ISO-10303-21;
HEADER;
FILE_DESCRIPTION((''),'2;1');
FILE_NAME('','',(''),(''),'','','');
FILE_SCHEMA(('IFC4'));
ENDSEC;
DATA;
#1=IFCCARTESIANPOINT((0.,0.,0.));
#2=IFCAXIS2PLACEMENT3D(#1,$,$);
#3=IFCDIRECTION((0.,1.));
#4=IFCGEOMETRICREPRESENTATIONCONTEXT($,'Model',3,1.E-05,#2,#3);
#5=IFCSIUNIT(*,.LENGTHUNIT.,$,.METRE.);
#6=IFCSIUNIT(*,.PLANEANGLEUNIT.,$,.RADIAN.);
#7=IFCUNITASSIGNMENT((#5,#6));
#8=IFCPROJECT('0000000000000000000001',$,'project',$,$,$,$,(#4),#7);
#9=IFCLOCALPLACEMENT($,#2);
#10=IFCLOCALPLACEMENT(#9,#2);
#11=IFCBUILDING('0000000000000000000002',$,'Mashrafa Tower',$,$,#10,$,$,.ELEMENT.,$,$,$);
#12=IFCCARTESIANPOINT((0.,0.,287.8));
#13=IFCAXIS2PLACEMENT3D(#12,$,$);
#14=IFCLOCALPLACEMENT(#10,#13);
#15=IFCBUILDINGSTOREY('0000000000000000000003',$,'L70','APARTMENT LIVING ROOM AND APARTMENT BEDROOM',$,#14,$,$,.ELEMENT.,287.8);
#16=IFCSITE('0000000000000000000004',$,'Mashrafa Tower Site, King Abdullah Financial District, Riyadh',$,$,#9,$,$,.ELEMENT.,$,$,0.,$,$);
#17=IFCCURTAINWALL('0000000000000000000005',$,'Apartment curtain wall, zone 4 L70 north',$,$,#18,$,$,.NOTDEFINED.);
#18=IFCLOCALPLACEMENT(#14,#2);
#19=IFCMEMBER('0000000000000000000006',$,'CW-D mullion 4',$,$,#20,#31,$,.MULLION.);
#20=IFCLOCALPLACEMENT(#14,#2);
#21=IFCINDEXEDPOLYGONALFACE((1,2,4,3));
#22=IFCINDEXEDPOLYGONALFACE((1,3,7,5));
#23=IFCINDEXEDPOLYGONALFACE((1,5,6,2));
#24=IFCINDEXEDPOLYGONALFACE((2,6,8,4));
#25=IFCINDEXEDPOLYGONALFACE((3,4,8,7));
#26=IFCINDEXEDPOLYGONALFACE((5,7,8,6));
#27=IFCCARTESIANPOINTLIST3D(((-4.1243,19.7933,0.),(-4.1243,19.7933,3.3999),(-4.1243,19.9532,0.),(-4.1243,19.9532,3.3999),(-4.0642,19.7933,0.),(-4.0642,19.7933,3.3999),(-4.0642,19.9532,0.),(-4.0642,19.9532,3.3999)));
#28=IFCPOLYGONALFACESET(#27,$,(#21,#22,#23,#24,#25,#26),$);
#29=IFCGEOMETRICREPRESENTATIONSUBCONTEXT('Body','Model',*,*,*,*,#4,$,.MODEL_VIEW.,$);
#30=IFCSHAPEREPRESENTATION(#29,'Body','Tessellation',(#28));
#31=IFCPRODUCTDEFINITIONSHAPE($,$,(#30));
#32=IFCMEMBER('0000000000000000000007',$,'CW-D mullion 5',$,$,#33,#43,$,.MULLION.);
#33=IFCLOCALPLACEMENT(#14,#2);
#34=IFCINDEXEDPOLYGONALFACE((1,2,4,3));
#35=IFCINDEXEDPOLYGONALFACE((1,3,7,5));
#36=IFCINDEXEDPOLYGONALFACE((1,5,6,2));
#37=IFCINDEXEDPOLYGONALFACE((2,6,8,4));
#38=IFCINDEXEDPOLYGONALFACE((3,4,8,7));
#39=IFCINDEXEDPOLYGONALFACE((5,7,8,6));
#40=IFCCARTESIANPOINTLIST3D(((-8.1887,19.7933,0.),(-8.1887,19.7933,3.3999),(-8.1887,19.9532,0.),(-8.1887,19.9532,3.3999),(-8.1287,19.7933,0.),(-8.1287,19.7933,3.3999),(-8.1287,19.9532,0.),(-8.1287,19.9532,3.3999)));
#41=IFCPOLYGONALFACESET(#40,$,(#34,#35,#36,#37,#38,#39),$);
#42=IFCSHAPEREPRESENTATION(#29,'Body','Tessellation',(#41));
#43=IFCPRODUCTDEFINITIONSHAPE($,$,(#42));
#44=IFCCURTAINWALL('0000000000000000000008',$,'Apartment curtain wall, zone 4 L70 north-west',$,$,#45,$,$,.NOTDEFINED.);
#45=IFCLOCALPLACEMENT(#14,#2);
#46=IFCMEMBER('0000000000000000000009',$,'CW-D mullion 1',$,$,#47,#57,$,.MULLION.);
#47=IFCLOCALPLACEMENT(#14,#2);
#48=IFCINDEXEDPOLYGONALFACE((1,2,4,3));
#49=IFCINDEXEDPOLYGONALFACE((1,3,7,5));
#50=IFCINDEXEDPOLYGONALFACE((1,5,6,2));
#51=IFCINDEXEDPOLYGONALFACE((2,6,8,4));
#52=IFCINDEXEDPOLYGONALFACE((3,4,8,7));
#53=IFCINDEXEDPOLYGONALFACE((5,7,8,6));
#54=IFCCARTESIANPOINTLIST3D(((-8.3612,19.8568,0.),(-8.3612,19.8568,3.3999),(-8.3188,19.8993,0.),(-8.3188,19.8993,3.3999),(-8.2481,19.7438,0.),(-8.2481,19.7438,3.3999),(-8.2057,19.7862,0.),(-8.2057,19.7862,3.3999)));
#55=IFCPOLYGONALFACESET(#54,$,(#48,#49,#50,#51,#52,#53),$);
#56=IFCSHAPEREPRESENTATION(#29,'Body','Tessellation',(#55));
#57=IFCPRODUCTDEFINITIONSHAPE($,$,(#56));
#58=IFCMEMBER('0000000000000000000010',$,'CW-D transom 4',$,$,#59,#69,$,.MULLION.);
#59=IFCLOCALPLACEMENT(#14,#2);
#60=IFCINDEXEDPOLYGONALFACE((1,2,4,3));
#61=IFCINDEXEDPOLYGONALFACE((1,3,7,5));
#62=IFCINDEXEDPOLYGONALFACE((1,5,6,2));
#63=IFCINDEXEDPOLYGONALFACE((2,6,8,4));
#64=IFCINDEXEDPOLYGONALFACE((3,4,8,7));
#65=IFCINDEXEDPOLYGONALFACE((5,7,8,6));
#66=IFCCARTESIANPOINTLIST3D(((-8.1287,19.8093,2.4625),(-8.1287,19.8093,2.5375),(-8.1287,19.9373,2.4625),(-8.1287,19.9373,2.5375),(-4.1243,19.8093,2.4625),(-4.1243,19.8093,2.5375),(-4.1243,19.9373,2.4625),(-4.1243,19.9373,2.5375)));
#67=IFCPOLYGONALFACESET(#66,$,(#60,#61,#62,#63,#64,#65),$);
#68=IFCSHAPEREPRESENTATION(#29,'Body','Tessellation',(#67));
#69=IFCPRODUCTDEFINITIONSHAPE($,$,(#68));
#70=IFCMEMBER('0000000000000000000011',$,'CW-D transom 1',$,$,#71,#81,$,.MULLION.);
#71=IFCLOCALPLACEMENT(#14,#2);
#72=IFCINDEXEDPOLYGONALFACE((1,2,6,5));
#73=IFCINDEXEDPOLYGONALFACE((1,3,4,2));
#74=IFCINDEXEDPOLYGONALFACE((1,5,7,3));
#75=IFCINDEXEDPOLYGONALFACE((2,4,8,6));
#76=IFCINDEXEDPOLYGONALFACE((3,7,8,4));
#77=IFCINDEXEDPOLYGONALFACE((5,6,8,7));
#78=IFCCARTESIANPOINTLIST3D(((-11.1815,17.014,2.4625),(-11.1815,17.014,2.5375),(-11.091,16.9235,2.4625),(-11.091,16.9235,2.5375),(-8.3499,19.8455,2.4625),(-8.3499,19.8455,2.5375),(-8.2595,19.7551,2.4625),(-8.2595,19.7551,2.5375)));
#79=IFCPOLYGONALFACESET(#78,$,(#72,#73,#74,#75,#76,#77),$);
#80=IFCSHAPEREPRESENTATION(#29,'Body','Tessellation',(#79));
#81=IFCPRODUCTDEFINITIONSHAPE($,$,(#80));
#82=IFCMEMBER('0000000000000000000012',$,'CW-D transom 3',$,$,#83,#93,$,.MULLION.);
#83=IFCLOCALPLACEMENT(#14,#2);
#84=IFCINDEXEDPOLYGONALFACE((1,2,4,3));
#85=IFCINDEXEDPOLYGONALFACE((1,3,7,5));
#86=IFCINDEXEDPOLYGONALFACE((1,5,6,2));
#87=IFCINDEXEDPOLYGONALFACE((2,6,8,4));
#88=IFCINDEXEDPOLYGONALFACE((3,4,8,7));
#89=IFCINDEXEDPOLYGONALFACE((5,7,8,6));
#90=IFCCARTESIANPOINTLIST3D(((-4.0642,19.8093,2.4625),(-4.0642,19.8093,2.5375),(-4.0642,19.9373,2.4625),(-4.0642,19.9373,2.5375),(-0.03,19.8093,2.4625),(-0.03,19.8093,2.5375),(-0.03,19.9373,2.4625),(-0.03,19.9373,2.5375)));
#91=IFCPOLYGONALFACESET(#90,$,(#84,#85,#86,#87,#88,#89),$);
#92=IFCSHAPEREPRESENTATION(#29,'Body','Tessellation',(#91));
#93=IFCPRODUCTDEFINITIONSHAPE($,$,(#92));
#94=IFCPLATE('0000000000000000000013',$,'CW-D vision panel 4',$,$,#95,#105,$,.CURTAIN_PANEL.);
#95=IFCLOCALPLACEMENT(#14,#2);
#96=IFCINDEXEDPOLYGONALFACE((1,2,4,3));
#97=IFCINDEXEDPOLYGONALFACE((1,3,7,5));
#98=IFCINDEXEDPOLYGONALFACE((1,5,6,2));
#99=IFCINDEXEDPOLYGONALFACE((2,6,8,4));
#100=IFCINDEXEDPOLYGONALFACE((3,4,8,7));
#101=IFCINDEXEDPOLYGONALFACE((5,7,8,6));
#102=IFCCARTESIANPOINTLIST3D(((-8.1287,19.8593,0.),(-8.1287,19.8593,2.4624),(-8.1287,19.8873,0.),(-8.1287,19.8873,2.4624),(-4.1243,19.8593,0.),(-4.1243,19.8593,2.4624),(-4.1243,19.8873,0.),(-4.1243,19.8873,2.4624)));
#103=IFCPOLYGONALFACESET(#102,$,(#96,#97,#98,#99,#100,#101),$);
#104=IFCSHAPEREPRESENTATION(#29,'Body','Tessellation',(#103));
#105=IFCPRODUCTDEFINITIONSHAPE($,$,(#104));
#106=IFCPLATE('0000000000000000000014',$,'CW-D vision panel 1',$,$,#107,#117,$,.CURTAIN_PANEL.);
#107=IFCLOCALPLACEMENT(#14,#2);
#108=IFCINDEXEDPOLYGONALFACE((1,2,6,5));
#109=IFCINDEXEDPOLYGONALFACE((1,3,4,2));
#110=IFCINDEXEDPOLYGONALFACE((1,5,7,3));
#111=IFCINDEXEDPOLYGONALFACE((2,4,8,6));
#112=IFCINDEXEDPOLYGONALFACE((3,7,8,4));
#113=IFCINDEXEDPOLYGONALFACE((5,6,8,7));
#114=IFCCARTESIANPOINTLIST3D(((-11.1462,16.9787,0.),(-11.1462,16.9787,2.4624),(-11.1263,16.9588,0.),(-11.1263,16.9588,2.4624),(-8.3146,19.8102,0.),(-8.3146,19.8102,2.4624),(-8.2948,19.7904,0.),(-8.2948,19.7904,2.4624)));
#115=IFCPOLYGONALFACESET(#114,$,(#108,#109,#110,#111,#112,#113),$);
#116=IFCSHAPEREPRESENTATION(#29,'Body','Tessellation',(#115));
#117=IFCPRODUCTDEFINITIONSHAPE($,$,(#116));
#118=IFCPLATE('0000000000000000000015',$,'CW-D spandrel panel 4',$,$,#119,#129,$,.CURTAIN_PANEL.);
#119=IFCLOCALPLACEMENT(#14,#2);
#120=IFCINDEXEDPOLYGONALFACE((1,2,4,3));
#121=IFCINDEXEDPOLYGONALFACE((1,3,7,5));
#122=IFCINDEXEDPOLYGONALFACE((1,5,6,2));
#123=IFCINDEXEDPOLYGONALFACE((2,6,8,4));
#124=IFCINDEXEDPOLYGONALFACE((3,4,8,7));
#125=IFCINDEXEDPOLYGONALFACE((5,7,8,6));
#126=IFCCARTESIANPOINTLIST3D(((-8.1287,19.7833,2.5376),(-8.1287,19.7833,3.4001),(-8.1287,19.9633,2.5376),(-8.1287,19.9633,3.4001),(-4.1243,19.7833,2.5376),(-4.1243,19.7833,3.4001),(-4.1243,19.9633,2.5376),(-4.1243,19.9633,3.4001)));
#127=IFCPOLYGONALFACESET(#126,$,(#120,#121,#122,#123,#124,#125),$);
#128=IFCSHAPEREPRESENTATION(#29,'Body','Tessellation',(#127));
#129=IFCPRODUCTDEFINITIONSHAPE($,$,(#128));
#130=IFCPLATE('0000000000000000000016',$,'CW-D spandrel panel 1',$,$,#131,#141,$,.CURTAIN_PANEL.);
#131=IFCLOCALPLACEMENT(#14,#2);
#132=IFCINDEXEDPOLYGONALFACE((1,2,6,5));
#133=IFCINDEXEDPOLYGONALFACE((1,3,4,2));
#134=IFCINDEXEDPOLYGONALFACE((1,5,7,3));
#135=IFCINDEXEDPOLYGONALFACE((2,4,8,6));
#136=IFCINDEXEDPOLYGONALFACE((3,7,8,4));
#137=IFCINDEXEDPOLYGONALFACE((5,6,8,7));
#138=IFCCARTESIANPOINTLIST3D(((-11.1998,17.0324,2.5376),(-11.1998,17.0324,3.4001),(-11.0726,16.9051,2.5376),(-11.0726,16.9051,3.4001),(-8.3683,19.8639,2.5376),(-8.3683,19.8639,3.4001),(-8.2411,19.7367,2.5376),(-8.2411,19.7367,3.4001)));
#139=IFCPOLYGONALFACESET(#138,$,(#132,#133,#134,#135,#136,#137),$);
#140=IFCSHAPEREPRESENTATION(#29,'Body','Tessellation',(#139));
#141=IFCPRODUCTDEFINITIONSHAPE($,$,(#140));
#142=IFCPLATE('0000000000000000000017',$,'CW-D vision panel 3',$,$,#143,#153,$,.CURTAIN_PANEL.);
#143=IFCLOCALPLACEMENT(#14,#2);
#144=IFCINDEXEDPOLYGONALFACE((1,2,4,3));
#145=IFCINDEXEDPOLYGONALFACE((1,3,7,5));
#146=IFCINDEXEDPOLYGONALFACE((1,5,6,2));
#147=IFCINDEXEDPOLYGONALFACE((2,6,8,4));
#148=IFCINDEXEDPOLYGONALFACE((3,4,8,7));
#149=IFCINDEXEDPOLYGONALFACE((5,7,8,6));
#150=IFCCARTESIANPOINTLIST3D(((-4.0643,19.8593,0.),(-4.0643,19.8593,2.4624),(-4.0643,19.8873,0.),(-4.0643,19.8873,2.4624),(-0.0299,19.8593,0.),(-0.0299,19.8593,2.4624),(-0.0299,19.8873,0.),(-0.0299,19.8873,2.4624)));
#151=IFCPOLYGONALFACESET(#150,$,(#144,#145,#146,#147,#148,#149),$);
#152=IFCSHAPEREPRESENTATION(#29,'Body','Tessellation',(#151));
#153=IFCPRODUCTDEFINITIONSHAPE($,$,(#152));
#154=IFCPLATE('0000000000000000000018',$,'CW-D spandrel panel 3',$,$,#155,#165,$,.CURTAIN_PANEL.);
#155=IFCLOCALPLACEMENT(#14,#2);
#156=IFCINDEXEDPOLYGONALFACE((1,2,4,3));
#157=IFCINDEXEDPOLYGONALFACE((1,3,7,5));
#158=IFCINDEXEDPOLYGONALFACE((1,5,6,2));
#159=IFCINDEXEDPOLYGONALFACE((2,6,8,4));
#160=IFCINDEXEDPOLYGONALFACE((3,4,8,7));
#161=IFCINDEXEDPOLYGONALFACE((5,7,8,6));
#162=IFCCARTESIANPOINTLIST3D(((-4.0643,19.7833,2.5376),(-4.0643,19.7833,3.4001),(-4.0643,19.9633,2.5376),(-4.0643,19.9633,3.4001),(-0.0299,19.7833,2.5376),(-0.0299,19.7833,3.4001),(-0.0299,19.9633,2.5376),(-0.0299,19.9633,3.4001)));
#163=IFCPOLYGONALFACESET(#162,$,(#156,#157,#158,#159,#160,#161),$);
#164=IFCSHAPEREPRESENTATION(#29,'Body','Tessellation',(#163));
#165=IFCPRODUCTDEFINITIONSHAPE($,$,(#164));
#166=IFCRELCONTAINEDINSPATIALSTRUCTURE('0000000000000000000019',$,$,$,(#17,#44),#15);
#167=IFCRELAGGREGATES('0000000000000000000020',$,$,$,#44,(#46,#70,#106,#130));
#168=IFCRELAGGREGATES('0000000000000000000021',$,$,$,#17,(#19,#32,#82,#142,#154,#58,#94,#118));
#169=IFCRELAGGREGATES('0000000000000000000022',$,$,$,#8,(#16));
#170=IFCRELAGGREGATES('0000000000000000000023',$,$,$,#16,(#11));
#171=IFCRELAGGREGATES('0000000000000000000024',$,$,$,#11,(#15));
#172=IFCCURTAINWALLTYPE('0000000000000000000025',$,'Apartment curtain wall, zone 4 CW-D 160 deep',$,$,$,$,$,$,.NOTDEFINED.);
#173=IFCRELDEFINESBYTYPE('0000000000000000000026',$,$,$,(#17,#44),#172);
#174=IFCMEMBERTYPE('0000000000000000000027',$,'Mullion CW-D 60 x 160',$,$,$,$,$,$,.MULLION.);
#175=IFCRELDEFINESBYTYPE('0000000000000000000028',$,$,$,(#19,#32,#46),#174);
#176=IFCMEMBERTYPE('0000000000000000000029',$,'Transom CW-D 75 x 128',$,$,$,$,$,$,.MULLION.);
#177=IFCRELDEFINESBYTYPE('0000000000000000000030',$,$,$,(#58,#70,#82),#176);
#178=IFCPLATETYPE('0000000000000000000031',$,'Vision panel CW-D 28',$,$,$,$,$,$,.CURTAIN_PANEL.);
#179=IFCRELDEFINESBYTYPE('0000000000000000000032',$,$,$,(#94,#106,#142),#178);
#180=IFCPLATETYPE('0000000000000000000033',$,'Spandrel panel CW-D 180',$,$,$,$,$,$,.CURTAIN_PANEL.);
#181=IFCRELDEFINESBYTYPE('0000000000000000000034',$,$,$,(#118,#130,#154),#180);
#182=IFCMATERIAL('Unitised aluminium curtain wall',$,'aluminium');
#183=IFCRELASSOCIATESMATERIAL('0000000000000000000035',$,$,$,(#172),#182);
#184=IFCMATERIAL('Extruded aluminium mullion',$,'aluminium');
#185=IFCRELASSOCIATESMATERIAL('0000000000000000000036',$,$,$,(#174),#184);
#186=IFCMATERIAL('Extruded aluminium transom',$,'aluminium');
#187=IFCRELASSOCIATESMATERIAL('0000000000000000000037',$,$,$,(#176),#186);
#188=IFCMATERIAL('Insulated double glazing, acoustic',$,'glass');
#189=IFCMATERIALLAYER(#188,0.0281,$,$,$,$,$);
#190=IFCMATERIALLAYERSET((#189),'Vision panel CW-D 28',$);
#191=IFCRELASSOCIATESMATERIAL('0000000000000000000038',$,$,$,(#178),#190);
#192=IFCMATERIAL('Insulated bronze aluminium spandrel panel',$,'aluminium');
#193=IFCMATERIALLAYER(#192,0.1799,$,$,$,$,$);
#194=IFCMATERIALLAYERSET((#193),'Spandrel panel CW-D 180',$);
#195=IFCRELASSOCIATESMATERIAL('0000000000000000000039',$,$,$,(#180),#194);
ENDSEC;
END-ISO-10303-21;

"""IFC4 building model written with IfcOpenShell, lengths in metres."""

from ifc_helpers import new_model, si_unit, direction, frame, origin, origin_2d, place, context, subcontext, project, spatial, rectangle, extrude, source, transform, mapped, material, layer, layer_set, material_profile, profile_set, type_object, type_shapes, element, aggregate, save


model = new_model("IFC4")

# Units and contexts
model_context = context("Model", 3, precision=1e-05, world=origin(), true_north=direction((0.0, 1.0)))
body_context = subcontext(model_context, "Body", "Model", "MODEL_VIEW")
ifc_project = project(units=[si_unit("LENGTHUNIT", "METRE"), si_unit("PLANEANGLEUNIT", "RADIAN")], contexts=[model_context])

# Site, building, storey
site_placement = place(None, origin())
site = spatial("IfcSite", under=ifc_project, at=site_placement, Name="Mashrafa Tower Site, King Abdullah Financial District, Riyadh", CompositionType="ELEMENT", RefElevation=0.0)
building_placement = place(site_placement, origin())
building = spatial("IfcBuilding", under=site, at=building_placement, Name="Mashrafa Tower", CompositionType="ELEMENT")
storey_placement = place(building_placement, frame((0.0, 0.0, 287.8)))
storey = spatial("IfcBuildingStorey", under=building, at=storey_placement, Name="L70", Description="APARTMENT LIVING ROOM AND APARTMENT BEDROOM", CompositionType="ELEMENT", Elevation=287.8)

# Curtain wall, members
ifc_material_1 = material(Name="Unitised aluminium curtain wall", Category="aluminium")
curtain_wall_type = type_object("IfcCurtainWallType", Name="Apartment curtain wall, zone 4 CW-D 160 deep", PredefinedType="NOTDEFINED", material=ifc_material_1)
curtain_wall_1_placement = place(storey_placement, origin())
curtain_wall_1 = element("IfcCurtainWall", 1, at=curtain_wall_1_placement, inside=storey, type_object=curtain_wall_type, Name="Apartment curtain wall, zone 4 L70 north", PredefinedType="NOTDEFINED")
ifc_material_2 = material(Name="Extruded aluminium mullion", Category="aluminium")
ifc_material_profile_1 = material_profile(ifc_material_2, rectangle(XDim=0.1599, YDim=0.0601, at=origin_2d()), Name="Mullion 60x160")
ifc_profile_set_1 = profile_set([ifc_material_profile_1], Name="Extruded aluminium mullion")
member_type_1 = type_object("IfcMemberType", Name="Mullion CW-D 60 x 160", PredefinedType="MULLION", material=ifc_profile_set_1)
shared_shape_1 = source(origin(), body_context, "Body", "SweptSolid", [
    extrude(rectangle(XDim=0.1599, YDim=0.0601, at=origin_2d()), origin(), (0.0, 0.0, 1.0), 3.3999),
])
type_shapes(member_type_1, [shared_shape_1])
member_1_placement = place(storey_placement, frame((-4.0942, 19.8733, 0.0), z_axis=(0.0, 0.0, 1.0), x_axis=(0.0, -1.0, 0.0)))
member_1 = element("IfcMember", 2, at=member_1_placement, type_object=member_type_1, Name="CW-D mullion 4", PredefinedType="MULLION", context=body_context, shape_type="MappedRepresentation", body=[
    mapped(shared_shape_1, transform((0.0, 0.0, 0.0))),
])
member_2_placement = place(storey_placement, frame((-8.1587, 19.8733, 0.0), z_axis=(0.0, 0.0, 1.0), x_axis=(0.0, -1.0, 0.0)))
member_2 = element("IfcMember", 3, at=member_2_placement, type_object=member_type_1, Name="CW-D mullion 5", PredefinedType="MULLION", context=body_context, shape_type="MappedRepresentation", body=[
    mapped(shared_shape_1, transform((0.0, 0.0, 0.0))),
])

# Curtain wall, member
curtain_wall_2_placement = place(storey_placement, origin())
curtain_wall_2 = element("IfcCurtainWall", 4, at=curtain_wall_2_placement, inside=storey, type_object=curtain_wall_type, Name="Apartment curtain wall, zone 4 L70 north-west", PredefinedType="NOTDEFINED")
member_3_placement = place(storey_placement, frame((-8.2834, 19.8215, 0.0), z_axis=(0.0, 0.0, 1.0), x_axis=(0.707107, -0.707107, 0.0)))
member_3 = element("IfcMember", 5, at=member_3_placement, type_object=member_type_1, Name="CW-D mullion 1", PredefinedType="MULLION", context=body_context, shape_type="MappedRepresentation", body=[
    mapped(shared_shape_1, transform((0.0, 0.0, 0.0))),
])

# Members
ifc_material_3 = material(Name="Extruded aluminium transom", Category="aluminium")
ifc_material_profile_2 = material_profile(ifc_material_3, rectangle(XDim=0.1279, YDim=0.075, at=origin_2d()), Name="Transom 75x128")
ifc_profile_set_2 = profile_set([ifc_material_profile_2], Name="Extruded aluminium transom")
member_type_2 = type_object("IfcMemberType", Name="Transom CW-D 75 x 128", PredefinedType="MULLION", material=ifc_profile_set_2)
shared_shape_2 = source(origin(), body_context, "Body", "SweptSolid", [
    extrude(rectangle(XDim=0.1279, YDim=0.075, at=origin_2d()), origin(), (0.0, 0.0, 1.0), 4.0044),
])
member_4_placement = place(storey_placement, frame((-4.1243, 19.8733, 2.5), z_axis=(-1.0, 0.0, 0.0), x_axis=(0.0, -1.0, 0.0)))
member_4 = element("IfcMember", 6, at=member_4_placement, type_object=member_type_2, Name="CW-D transom 4", PredefinedType="MULLION", context=body_context, shape_type="MappedRepresentation", body=[
    mapped(shared_shape_2, transform((0.0, 0.0, 0.0))),
])
member_5_placement = place(storey_placement, frame((-8.3047, 19.8003, 2.5), z_axis=(-0.707107, -0.707107, 0.0), x_axis=(0.707107, -0.707107, 0.0)))
member_5 = element("IfcMember", 7, at=member_5_placement, type_object=member_type_2, Name="CW-D transom 1", PredefinedType="MULLION", context=body_context, shape_type="MappedRepresentation", body=[
    mapped(shared_shape_2, transform((0.0, 0.0, 0.0))),
])
shared_shape_3 = source(origin(), body_context, "Body", "SweptSolid", [
    extrude(rectangle(XDim=0.1279, YDim=0.075, at=origin_2d()), origin(), (0.0, 0.0, 1.0), 4.0342),
])
type_shapes(member_type_2, [shared_shape_2, shared_shape_3])
member_6_placement = place(storey_placement, frame((-0.03, 19.8733, 2.5), z_axis=(-1.0, 0.0, 0.0), x_axis=(0.0, -1.0, 0.0)))
member_6 = element("IfcMember", 8, at=member_6_placement, type_object=member_type_2, Name="CW-D transom 3", PredefinedType="MULLION", context=body_context, shape_type="MappedRepresentation", body=[
    mapped(shared_shape_3, transform((0.0, 0.0, 0.0))),
])

# Plates
ifc_material_4 = material(Name="Insulated double glazing, acoustic", Category="glass")
ifc_layer_1 = layer(ifc_material_4, 0.0281)
ifc_layer_set_1 = layer_set([ifc_layer_1], Name="Vision panel CW-D 28")
plate_type_1 = type_object("IfcPlateType", Name="Vision panel CW-D 28", PredefinedType="CURTAIN_PANEL", material=ifc_layer_set_1)
shared_shape_4 = source(origin(), body_context, "Body", "SweptSolid", [
    extrude(rectangle(XDim=4.0044, YDim=0.0281, at=origin_2d()), origin(), (0.0, 0.0, 1.0), 2.4624),
])
plate_1_placement = place(storey_placement, frame((-6.1265, 19.8733, 0.0), z_axis=(0.0, 0.0, 1.0), x_axis=(-1.0, 0.0, 0.0)))
plate_1 = element("IfcPlate", 9, at=plate_1_placement, type_object=plate_type_1, Name="CW-D vision panel 4", PredefinedType="CURTAIN_PANEL", context=body_context, shape_type="MappedRepresentation", body=[
    mapped(shared_shape_4, transform((0.0, 0.0, 0.0))),
])
plate_2_placement = place(storey_placement, frame((-9.7205, 18.3845, 0.0), z_axis=(0.0, 0.0, 1.0), x_axis=(-0.707107, -0.707107, 0.0)))
plate_2 = element("IfcPlate", 10, at=plate_2_placement, type_object=plate_type_1, Name="CW-D vision panel 1", PredefinedType="CURTAIN_PANEL", context=body_context, shape_type="MappedRepresentation", body=[
    mapped(shared_shape_4, transform((0.0, 0.0, 0.0))),
])
ifc_material_5 = material(Name="Insulated bronze aluminium spandrel panel", Category="aluminium")
ifc_layer_2 = layer(ifc_material_5, 0.1799)
ifc_layer_set_2 = layer_set([ifc_layer_2], Name="Spandrel panel CW-D 180")
plate_type_2 = type_object("IfcPlateType", Name="Spandrel panel CW-D 180", PredefinedType="CURTAIN_PANEL", material=ifc_layer_set_2)
shared_shape_5 = source(origin(), body_context, "Body", "SweptSolid", [
    extrude(rectangle(XDim=4.0044, YDim=0.1799, at=origin_2d()), origin(), (0.0, 0.0, 1.0), 0.8625),
])
plate_3_placement = place(storey_placement, frame((-6.1265, 19.8733, 2.5376), z_axis=(0.0, 0.0, 1.0), x_axis=(-1.0, 0.0, 0.0)))
plate_3 = element("IfcPlate", 11, at=plate_3_placement, type_object=plate_type_2, Name="CW-D spandrel panel 4", PredefinedType="CURTAIN_PANEL", context=body_context, shape_type="MappedRepresentation", body=[
    mapped(shared_shape_5, transform((0.0, 0.0, 0.0))),
])
plate_4_placement = place(storey_placement, frame((-9.7205, 18.3845, 2.5376), z_axis=(0.0, 0.0, 1.0), x_axis=(-0.707107, -0.707107, 0.0)))
plate_4 = element("IfcPlate", 12, at=plate_4_placement, type_object=plate_type_2, Name="CW-D spandrel panel 1", PredefinedType="CURTAIN_PANEL", context=body_context, shape_type="MappedRepresentation", body=[
    mapped(shared_shape_5, transform((0.0, 0.0, 0.0))),
])
aggregate(curtain_wall_2, [member_3, member_5, plate_2, plate_4])
shared_shape_6 = source(origin(), body_context, "Body", "SweptSolid", [
    extrude(rectangle(XDim=4.0344, YDim=0.0281, at=origin_2d()), origin(), (0.0, 0.0, 1.0), 2.4624),
])
type_shapes(plate_type_1, [shared_shape_4, shared_shape_6])
plate_5_placement = place(storey_placement, frame((-2.0471, 19.8733, 0.0), z_axis=(0.0, 0.0, 1.0), x_axis=(-1.0, 0.0, 0.0)))
plate_5 = element("IfcPlate", 13, at=plate_5_placement, type_object=plate_type_1, Name="CW-D vision panel 3", PredefinedType="CURTAIN_PANEL", context=body_context, shape_type="MappedRepresentation", body=[
    mapped(shared_shape_6, transform((0.0, 0.0, 0.0))),
])
shared_shape_7 = source(origin(), body_context, "Body", "SweptSolid", [
    extrude(rectangle(XDim=4.0344, YDim=0.1799, at=origin_2d()), origin(), (0.0, 0.0, 1.0), 0.8625),
])
type_shapes(plate_type_2, [shared_shape_5, shared_shape_7])
plate_6_placement = place(storey_placement, frame((-2.0471, 19.8733, 2.5376), z_axis=(0.0, 0.0, 1.0), x_axis=(-1.0, 0.0, 0.0)))
plate_6 = element("IfcPlate", 14, at=plate_6_placement, type_object=plate_type_2, Name="CW-D spandrel panel 3", PredefinedType="CURTAIN_PANEL", context=body_context, shape_type="MappedRepresentation", body=[
    mapped(shared_shape_7, transform((0.0, 0.0, 0.0))),
])
aggregate(curtain_wall_1, [member_1, member_2, member_6, plate_5, plate_6, member_4, plate_1, plate_3])

save(model, "model.ifc")
